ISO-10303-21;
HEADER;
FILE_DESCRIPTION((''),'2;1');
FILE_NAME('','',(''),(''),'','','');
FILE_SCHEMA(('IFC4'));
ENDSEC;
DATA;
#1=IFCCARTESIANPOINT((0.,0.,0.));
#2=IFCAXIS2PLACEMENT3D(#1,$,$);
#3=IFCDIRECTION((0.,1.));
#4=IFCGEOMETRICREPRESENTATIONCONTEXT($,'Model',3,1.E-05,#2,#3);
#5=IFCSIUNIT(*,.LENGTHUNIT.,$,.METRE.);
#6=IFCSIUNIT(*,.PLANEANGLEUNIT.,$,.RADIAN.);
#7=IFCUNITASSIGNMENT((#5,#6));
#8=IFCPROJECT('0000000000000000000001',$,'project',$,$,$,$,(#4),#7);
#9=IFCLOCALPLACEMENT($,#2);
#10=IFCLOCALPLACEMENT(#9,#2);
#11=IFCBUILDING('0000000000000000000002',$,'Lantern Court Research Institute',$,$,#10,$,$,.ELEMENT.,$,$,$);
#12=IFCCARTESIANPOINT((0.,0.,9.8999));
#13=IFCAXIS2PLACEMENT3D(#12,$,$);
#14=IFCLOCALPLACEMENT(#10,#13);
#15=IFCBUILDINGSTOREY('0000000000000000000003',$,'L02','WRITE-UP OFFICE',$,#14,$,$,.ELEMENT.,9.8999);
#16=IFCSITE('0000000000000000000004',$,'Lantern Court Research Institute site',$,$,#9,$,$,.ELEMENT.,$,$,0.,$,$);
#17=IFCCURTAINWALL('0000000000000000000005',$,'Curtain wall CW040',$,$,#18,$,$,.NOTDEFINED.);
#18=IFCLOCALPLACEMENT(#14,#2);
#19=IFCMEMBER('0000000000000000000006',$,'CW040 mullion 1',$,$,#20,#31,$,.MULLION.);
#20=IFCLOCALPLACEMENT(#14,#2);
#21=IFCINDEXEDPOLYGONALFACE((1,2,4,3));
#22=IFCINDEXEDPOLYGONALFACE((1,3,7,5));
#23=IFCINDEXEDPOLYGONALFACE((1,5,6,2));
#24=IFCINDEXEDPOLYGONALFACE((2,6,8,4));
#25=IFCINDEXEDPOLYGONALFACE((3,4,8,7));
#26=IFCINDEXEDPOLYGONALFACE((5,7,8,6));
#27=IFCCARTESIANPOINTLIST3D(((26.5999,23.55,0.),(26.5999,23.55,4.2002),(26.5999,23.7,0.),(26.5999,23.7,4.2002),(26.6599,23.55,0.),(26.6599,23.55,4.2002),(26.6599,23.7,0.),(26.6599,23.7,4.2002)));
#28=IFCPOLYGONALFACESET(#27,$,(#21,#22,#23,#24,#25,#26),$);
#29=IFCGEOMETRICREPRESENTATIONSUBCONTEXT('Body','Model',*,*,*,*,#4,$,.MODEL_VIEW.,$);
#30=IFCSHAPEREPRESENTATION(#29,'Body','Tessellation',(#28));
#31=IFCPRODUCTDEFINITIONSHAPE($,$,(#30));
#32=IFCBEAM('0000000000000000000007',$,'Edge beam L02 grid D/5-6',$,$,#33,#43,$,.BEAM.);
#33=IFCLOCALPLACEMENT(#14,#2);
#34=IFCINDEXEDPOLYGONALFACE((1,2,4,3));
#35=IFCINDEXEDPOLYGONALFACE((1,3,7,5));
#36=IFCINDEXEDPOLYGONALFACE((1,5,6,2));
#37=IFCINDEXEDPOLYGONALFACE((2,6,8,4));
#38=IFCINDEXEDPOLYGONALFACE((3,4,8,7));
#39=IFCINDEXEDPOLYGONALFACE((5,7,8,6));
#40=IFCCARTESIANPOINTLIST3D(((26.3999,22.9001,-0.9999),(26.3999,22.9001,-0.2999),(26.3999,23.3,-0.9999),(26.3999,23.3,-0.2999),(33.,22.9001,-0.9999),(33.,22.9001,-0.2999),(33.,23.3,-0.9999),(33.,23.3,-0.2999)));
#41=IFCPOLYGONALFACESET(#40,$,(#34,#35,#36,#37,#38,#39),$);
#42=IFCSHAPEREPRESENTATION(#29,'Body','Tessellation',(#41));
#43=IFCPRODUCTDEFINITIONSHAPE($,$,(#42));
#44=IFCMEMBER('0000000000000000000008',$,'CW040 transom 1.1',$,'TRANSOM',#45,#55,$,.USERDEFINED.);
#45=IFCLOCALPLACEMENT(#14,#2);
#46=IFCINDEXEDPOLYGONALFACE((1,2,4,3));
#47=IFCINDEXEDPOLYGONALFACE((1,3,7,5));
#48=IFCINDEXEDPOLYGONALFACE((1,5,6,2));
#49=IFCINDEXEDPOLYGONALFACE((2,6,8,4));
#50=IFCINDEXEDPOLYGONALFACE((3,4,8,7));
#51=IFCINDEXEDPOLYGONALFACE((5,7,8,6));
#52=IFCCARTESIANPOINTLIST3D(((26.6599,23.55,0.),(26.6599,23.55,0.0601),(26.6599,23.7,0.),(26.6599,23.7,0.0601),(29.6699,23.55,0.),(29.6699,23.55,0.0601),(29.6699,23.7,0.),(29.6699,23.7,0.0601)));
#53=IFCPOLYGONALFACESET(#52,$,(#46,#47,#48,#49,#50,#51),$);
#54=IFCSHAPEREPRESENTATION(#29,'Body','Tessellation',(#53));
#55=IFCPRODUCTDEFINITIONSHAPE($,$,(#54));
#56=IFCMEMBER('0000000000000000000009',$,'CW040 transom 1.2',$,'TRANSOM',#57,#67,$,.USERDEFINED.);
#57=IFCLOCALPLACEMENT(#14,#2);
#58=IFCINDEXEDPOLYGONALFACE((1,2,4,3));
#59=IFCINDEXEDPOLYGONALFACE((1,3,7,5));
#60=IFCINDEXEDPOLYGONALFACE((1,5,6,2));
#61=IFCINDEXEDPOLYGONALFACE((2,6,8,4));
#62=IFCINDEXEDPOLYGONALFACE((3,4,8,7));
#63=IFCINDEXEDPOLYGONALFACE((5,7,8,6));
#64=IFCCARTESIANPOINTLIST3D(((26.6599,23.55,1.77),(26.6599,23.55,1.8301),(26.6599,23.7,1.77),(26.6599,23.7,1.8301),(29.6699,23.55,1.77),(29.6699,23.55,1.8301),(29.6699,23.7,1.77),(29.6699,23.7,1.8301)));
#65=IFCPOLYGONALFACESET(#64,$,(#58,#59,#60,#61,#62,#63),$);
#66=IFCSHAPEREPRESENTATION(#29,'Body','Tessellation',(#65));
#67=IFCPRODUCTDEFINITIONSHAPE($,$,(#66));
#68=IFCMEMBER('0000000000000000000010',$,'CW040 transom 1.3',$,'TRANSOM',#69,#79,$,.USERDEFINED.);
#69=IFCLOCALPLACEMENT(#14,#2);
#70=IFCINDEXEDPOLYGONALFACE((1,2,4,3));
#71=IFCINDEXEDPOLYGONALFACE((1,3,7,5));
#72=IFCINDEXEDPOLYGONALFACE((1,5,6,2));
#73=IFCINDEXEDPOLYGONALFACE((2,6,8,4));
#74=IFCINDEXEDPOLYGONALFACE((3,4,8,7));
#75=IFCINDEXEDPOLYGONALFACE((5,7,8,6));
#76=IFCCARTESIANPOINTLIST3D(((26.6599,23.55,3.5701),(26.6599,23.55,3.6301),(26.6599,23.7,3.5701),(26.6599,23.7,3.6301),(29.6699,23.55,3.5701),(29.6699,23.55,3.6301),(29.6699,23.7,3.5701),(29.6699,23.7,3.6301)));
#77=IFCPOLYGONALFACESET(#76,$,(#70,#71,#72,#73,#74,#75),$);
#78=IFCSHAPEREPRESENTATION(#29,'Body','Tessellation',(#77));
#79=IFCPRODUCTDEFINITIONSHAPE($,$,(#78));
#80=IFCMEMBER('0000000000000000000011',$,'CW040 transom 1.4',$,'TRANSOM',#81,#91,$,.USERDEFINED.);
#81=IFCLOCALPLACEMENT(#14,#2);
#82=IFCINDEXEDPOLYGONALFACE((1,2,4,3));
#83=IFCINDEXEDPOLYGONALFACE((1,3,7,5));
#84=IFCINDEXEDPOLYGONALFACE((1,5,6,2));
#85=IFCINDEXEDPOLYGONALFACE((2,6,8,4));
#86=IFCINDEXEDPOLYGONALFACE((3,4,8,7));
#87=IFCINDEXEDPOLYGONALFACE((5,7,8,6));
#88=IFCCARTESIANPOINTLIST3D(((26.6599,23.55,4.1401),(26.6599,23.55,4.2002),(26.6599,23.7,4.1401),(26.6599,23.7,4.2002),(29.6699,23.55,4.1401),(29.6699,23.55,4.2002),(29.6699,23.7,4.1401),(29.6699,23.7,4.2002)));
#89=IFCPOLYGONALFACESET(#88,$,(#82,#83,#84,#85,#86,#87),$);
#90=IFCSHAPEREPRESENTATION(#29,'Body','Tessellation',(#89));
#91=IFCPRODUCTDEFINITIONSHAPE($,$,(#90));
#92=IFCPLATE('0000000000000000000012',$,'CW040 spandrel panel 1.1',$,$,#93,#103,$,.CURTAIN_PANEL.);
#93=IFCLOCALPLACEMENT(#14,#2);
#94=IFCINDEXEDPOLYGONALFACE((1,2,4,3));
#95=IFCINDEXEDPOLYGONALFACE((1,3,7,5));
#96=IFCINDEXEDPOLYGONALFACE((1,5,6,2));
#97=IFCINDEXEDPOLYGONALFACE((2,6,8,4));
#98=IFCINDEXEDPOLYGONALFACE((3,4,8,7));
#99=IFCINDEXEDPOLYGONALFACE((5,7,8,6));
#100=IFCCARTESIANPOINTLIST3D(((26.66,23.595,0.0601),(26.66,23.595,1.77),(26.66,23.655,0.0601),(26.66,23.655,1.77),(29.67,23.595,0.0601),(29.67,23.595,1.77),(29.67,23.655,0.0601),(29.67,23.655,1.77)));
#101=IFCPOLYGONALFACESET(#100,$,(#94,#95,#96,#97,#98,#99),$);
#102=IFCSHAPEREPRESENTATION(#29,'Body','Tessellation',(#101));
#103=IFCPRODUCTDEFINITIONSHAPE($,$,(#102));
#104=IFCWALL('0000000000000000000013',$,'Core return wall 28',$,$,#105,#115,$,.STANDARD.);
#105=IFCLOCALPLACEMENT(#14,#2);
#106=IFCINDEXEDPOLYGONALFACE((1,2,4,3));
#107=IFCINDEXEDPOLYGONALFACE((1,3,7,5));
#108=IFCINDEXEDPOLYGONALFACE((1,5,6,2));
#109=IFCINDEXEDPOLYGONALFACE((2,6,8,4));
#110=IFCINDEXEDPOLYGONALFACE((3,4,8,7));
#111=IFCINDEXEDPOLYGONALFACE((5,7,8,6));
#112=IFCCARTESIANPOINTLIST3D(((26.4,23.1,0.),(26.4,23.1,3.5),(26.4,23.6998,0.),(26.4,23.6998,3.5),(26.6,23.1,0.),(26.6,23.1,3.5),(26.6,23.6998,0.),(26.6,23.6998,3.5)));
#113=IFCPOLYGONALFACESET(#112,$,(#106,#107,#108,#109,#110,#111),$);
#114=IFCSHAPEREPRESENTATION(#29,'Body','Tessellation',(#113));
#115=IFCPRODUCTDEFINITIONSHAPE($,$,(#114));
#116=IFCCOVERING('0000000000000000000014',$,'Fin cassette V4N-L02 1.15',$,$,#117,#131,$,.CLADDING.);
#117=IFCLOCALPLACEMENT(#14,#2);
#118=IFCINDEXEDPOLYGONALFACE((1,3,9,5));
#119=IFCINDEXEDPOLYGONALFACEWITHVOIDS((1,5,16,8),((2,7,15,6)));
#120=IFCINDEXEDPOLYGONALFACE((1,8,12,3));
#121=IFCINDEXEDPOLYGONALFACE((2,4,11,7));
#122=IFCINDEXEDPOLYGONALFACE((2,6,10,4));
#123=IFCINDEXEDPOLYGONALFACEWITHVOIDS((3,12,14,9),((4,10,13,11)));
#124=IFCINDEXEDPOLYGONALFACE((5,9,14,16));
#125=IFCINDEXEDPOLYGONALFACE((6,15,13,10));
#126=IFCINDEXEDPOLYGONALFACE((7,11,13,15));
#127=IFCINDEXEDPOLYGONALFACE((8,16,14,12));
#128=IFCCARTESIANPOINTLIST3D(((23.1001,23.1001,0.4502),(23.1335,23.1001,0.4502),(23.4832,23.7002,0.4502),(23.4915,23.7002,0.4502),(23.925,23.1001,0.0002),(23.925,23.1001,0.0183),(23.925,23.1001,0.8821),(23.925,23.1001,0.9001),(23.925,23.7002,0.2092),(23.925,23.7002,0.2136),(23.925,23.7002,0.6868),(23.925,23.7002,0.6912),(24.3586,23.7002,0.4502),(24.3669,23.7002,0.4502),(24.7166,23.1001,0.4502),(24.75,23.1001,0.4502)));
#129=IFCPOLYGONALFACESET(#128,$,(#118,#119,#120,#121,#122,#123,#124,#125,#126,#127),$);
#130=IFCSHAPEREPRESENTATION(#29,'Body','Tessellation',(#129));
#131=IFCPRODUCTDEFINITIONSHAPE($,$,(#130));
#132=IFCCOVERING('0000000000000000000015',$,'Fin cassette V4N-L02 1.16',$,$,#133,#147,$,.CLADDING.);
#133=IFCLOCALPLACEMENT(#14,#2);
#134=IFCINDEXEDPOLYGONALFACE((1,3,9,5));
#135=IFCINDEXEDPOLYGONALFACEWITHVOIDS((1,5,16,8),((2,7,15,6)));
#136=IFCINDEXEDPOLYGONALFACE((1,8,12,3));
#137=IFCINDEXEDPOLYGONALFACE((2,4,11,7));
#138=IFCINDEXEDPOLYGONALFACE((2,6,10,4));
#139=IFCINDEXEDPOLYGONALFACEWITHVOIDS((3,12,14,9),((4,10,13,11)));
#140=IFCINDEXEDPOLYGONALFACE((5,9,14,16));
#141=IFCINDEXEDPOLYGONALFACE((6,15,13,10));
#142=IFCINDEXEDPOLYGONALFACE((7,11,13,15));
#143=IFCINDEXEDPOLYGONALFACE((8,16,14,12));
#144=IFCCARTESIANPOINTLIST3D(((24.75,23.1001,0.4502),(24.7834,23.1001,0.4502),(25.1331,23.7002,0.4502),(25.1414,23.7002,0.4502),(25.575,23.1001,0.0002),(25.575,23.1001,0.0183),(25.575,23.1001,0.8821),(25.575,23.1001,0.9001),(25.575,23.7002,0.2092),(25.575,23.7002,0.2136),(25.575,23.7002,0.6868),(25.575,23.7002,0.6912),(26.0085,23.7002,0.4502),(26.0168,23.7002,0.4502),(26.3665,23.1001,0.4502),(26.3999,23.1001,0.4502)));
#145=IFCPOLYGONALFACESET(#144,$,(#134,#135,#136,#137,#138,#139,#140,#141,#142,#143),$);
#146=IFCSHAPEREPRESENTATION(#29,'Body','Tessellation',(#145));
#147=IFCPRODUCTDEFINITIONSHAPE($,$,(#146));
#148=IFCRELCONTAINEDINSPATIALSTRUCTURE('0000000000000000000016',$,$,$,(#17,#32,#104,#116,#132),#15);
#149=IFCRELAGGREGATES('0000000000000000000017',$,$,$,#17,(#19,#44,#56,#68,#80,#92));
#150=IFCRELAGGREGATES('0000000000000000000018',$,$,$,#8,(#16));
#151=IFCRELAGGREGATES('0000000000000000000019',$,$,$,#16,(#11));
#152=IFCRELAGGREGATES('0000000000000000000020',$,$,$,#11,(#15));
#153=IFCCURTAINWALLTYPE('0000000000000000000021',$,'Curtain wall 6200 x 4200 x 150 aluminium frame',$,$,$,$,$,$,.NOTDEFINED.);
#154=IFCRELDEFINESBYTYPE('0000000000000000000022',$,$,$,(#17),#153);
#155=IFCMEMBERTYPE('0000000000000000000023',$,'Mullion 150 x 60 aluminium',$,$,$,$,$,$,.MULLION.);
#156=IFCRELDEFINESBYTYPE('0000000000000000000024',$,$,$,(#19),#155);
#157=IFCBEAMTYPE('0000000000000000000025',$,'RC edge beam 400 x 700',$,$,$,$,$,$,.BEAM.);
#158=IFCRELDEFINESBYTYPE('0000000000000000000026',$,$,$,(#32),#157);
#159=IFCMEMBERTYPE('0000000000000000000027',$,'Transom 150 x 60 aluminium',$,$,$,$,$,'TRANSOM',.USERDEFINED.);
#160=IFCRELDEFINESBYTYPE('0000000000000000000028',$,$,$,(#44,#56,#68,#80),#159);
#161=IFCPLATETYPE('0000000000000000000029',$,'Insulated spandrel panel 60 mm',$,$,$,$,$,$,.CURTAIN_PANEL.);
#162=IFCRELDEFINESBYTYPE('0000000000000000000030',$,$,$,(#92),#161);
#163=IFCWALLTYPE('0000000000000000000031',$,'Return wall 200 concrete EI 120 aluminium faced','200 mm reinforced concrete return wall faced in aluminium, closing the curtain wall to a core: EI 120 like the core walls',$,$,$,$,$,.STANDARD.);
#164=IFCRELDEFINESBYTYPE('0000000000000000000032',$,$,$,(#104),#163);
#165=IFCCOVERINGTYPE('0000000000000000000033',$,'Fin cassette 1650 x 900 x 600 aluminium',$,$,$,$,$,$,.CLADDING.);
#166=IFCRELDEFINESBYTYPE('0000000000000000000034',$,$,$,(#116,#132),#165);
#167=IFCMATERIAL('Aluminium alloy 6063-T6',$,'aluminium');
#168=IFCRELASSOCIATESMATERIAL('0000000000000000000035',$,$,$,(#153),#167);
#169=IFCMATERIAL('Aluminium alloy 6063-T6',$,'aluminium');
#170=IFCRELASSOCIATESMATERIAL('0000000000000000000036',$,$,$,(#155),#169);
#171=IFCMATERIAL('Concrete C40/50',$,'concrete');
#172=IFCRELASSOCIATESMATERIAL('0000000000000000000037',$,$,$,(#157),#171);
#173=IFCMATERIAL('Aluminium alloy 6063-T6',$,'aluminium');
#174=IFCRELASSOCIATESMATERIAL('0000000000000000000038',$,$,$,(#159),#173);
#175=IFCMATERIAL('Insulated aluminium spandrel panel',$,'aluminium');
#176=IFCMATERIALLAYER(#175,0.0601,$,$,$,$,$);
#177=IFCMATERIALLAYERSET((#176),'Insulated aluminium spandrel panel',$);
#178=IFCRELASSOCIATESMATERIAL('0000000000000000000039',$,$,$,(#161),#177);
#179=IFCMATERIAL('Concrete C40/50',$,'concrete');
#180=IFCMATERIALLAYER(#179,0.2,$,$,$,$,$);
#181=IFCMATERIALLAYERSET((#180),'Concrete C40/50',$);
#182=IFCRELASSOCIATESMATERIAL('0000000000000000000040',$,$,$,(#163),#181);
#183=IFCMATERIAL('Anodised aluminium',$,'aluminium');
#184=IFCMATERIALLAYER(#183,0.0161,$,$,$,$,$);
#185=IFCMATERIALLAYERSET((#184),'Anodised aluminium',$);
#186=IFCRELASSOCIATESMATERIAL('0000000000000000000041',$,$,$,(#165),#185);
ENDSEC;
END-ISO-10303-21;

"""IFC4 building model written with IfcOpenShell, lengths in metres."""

from ifc_helpers import new_model, entity, si_unit, direction, frame, frame_2d, origin, origin_2d, place, context, subcontext, project, spatial, rectangle, extrude, material, layer, layer_set, material_profile, profile_set, type_object, element, aggregate, save


model = new_model("IFC4")

# Units and contexts
model_context = context("Model", 3, precision=1e-05, world=origin(), true_north=direction((0.0, 1.0)))
body_context = subcontext(model_context, "Body", "Model", "MODEL_VIEW")
ifc_project = project(units=[si_unit("LENGTHUNIT", "METRE"), si_unit("PLANEANGLEUNIT", "RADIAN")], contexts=[model_context])

# Site, building, storey
site_placement = place(None, origin())
site = spatial("IfcSite", under=ifc_project, at=site_placement, Name="Lantern Court Research Institute site", CompositionType="ELEMENT", RefElevation=0.0)
building_placement = place(site_placement, origin())
building = spatial("IfcBuilding", under=site, at=building_placement, Name="Lantern Court Research Institute", CompositionType="ELEMENT")
storey_placement = place(building_placement, frame((0.0, 0.0, 9.8999)))
storey = spatial("IfcBuildingStorey", under=building, at=storey_placement, Name="L02", Description="WRITE-UP OFFICE", CompositionType="ELEMENT", Elevation=9.8999)

# Curtain wall, member
ifc_material_1 = material(Name="Aluminium alloy 6063-T6", Category="aluminium")
curtain_wall_type = type_object("IfcCurtainWallType", Name="Curtain wall 6200 x 4200 x 150 aluminium frame", PredefinedType="NOTDEFINED", material=ifc_material_1)
curtain_wall_placement = place(storey_placement, origin())
curtain_wall = element("IfcCurtainWall", 1, at=curtain_wall_placement, inside=storey, type_object=curtain_wall_type, Name="Curtain wall CW040", PredefinedType="NOTDEFINED")
ifc_material_2 = material(Name="Aluminium alloy 6063-T6", Category="aluminium")
ifc_material_profile_1 = material_profile(ifc_material_2, rectangle(XDim=0.1499, YDim=0.0601, at=origin_2d()), Name="Mullion 150 x 60")
ifc_profile_set_1 = profile_set([ifc_material_profile_1], Name="Aluminium alloy 6063-T6")
member_type_1 = type_object("IfcMemberType", Name="Mullion 150 x 60 aluminium", PredefinedType="MULLION", material=ifc_profile_set_1)
member_1_placement = place(storey_placement, frame((26.6299, 23.625, 0.0), z_axis=(0.0, 0.0, 1.0), x_axis=(0.0, 1.0, 0.0)))
member_1 = element("IfcMember", 2, at=member_1_placement, type_object=member_type_1, Name="CW040 mullion 1", PredefinedType="MULLION", context=body_context, shape_type="SweptSolid", body=[
    extrude(rectangle(XDim=0.1499, YDim=0.0601, at=origin_2d()), origin(), (0.0, 0.0, 1.0), 4.2002),
])

# Beam
ifc_material_3 = material(Name="Concrete C40/50", Category="concrete")
ifc_material_profile_2 = material_profile(ifc_material_3, rectangle(XDim=0.3999, YDim=0.7, at=origin_2d()), Name="RC beam 400 x 700")
ifc_profile_set_2 = profile_set([ifc_material_profile_2], Name="Concrete C40/50")
beam_type = type_object("IfcBeamType", Name="RC edge beam 400 x 700", PredefinedType="BEAM", material=ifc_profile_set_2)
beam_placement = place(storey_placement, frame((26.3999, 23.1001, -0.6499), z_axis=(1.0, 0.0, 0.0), x_axis=(0.0, 1.0, 0.0)))
element("IfcBeam", 3, at=beam_placement, inside=storey, type_object=beam_type, Name="Edge beam L02 grid D/5-6", PredefinedType="BEAM", context=body_context, shape_type="SweptSolid", body=[
    extrude(rectangle(XDim=0.3999, YDim=0.7, at=origin_2d()), origin(), (0.0, 0.0, 1.0), 6.6001),
])

# Members
ifc_material_4 = material(Name="Aluminium alloy 6063-T6", Category="aluminium")
ifc_material_profile_3 = material_profile(ifc_material_4, rectangle(XDim=0.1499, YDim=0.0601, at=origin_2d()), Name="Transom 150 x 60")
ifc_profile_set_3 = profile_set([ifc_material_profile_3], Name="Aluminium alloy 6063-T6")
member_type_2 = type_object("IfcMemberType", Name="Transom 150 x 60 aluminium", ElementType="TRANSOM", PredefinedType="USERDEFINED", material=ifc_profile_set_3)
member_2_placement = place(storey_placement, frame((26.6599, 23.625, 0.03), z_axis=(1.0, 0.0, 0.0), x_axis=(0.0, 1.0, 0.0)))
member_2 = element("IfcMember", 4, at=member_2_placement, type_object=member_type_2, Name="CW040 transom 1.1", ObjectType="TRANSOM", PredefinedType="USERDEFINED", context=body_context, shape_type="SweptSolid", body=[
    extrude(rectangle(XDim=0.1499, YDim=0.0601, at=origin_2d()), origin(), (0.0, 0.0, 1.0), 3.01),
])
member_3_placement = place(storey_placement, frame((26.6599, 23.625, 1.8), z_axis=(1.0, 0.0, 0.0), x_axis=(0.0, 1.0, 0.0)))
member_3 = element("IfcMember", 5, at=member_3_placement, type_object=member_type_2, Name="CW040 transom 1.2", ObjectType="TRANSOM", PredefinedType="USERDEFINED", context=body_context, shape_type="SweptSolid", body=[
    extrude(rectangle(XDim=0.1499, YDim=0.0601, at=origin_2d()), origin(), (0.0, 0.0, 1.0), 3.01),
])
member_4_placement = place(storey_placement, frame((26.6599, 23.625, 3.6001), z_axis=(1.0, 0.0, 0.0), x_axis=(0.0, 1.0, 0.0)))
member_4 = element("IfcMember", 6, at=member_4_placement, type_object=member_type_2, Name="CW040 transom 1.3", ObjectType="TRANSOM", PredefinedType="USERDEFINED", context=body_context, shape_type="SweptSolid", body=[
    extrude(rectangle(XDim=0.1499, YDim=0.0601, at=origin_2d()), origin(), (0.0, 0.0, 1.0), 3.01),
])
member_5_placement = place(storey_placement, frame((26.6599, 23.625, 4.1702), z_axis=(1.0, 0.0, 0.0), x_axis=(0.0, 1.0, 0.0)))
member_5 = element("IfcMember", 7, at=member_5_placement, type_object=member_type_2, Name="CW040 transom 1.4", ObjectType="TRANSOM", PredefinedType="USERDEFINED", context=body_context, shape_type="SweptSolid", body=[
    extrude(rectangle(XDim=0.1499, YDim=0.0601, at=origin_2d()), origin(), (0.0, 0.0, 1.0), 3.01),
])

# Plate
ifc_material_5 = material(Name="Insulated aluminium spandrel panel", Category="aluminium")
ifc_layer_1 = layer(ifc_material_5, 0.0601)
ifc_layer_set_1 = layer_set([ifc_layer_1], Name="Insulated aluminium spandrel panel")
plate_type = type_object("IfcPlateType", Name="Insulated spandrel panel 60 mm", PredefinedType="CURTAIN_PANEL", material=ifc_layer_set_1)
plate_placement = place(storey_placement, frame((28.165, 23.625, 0.0601), z_axis=(0.0, 0.0, 1.0), x_axis=(1.0, 0.0, 0.0)))
plate = element("IfcPlate", 8, at=plate_placement, type_object=plate_type, Name="CW040 spandrel panel 1.1", PredefinedType="CURTAIN_PANEL", context=body_context, shape_type="SweptSolid", body=[
    extrude(rectangle(XDim=3.01, YDim=0.0601, at=origin_2d()), origin(), (0.0, 0.0, 1.0), 1.71),
])
aggregate(curtain_wall, [member_1, member_2, member_3, member_4, member_5, plate])

# Wall
ifc_material_6 = material(Name="Concrete C40/50", Category="concrete")
ifc_layer_2 = layer(ifc_material_6, 0.2)
ifc_layer_set_2 = layer_set([ifc_layer_2], Name="Concrete C40/50")
wall_type = type_object("IfcWallType", Name="Return wall 200 concrete EI 120 aluminium faced", Description="200 mm reinforced concrete return wall faced in aluminium, closing the curtain wall to a core: EI 120 like the core walls", PredefinedType="STANDARD", material=ifc_layer_set_2)
wall_placement = place(storey_placement, frame((26.5, 23.1001, 0.0), z_axis=(0.0, 0.0, 1.0), x_axis=(0.0, 1.0, 0.0)))
element("IfcWall", 9, at=wall_placement, inside=storey, type_object=wall_type, Name="Core return wall 28", PredefinedType="STANDARD", context=body_context, shape_type="SweptSolid", body=[
    extrude(rectangle(XDim=0.5999, YDim=0.2, at=frame_2d((0.2998, 0.0))), origin(), (0.0, 0.0, 1.0), 3.5),
])

# Coverings
ifc_material_7 = material(Name="Anodised aluminium", Category="aluminium")
ifc_layer_3 = layer(ifc_material_7, 0.0161)
ifc_layer_set_3 = layer_set([ifc_layer_3], Name="Anodised aluminium")
covering_type = type_object("IfcCoveringType", Name="Fin cassette 1650 x 900 x 600 aluminium", PredefinedType="CLADDING", material=ifc_layer_set_3)
covering_1_placement = place(storey_placement, frame((23.925, 23.1001, 0.4502), z_axis=(0.0, 1.0, 0.0), x_axis=(-1.0, 0.0, 0.0)))
cartesian_point_1 = entity("IfcCartesianPoint", [0.825, 0.0])
cartesian_point_2 = entity("IfcCartesianPoint", [0.7915, 0.0])
cartesian_point_3 = entity("IfcCartesianPoint", [0.4419, 0.0])
cartesian_point_4 = entity("IfcCartesianPoint", [0.4336, 0.0])
element("IfcCovering", 10, at=covering_1_placement, inside=storey, type_object=covering_type, Name="Fin cassette V4N-L02 1.15", PredefinedType="CLADDING", context=body_context, shape_type="SweptSolid", body=[
    entity("IfcExtrudedAreaSolidTapered", entity("IfcArbitraryProfileDefWithVoids", "AREA", None, entity("IfcPolyline", [cartesian_point_1, entity("IfcCartesianPoint", [0.0, 0.45]), entity("IfcCartesianPoint", [-0.825, 0.0]), entity("IfcCartesianPoint", [0.0, -0.45]), cartesian_point_1]), [entity("IfcPolyline", [cartesian_point_2, entity("IfcCartesianPoint", [0.0, 0.4319]), entity("IfcCartesianPoint", [-0.7915, 0.0]), entity("IfcCartesianPoint", [0.0, -0.4319]), cartesian_point_2])]), entity("IfcAxis2Placement3D", entity("IfcCartesianPoint", [0.0, 0.0, 0.0])), entity("IfcDirection", [0.0, 0.0, 1.0]), 0.6001, entity("IfcArbitraryProfileDefWithVoids", "AREA", None, entity("IfcPolyline", [cartesian_point_3, entity("IfcCartesianPoint", [0.0, 0.241]), entity("IfcCartesianPoint", [-0.4419, 0.0]), entity("IfcCartesianPoint", [0.0, -0.241]), cartesian_point_3]), [entity("IfcPolyline", [cartesian_point_4, entity("IfcCartesianPoint", [0.0, 0.2366]), entity("IfcCartesianPoint", [-0.4336, 0.0]), entity("IfcCartesianPoint", [0.0, -0.2366]), cartesian_point_4])])),
])
covering_2_placement = place(storey_placement, frame((25.575, 23.1001, 0.4502), z_axis=(0.0, 1.0, 0.0), x_axis=(-1.0, 0.0, 0.0)))
cartesian_point_5 = entity("IfcCartesianPoint", [0.825, 0.0])
cartesian_point_6 = entity("IfcCartesianPoint", [0.7915, 0.0])
cartesian_point_7 = entity("IfcCartesianPoint", [0.4419, 0.0])
cartesian_point_8 = entity("IfcCartesianPoint", [0.4336, 0.0])
element("IfcCovering", 11, at=covering_2_placement, inside=storey, type_object=covering_type, Name="Fin cassette V4N-L02 1.16", PredefinedType="CLADDING", context=body_context, shape_type="SweptSolid", body=[
    entity("IfcExtrudedAreaSolidTapered", entity("IfcArbitraryProfileDefWithVoids", "AREA", None, entity("IfcPolyline", [cartesian_point_5, entity("IfcCartesianPoint", [0.0, 0.45]), entity("IfcCartesianPoint", [-0.825, 0.0]), entity("IfcCartesianPoint", [0.0, -0.45]), cartesian_point_5]), [entity("IfcPolyline", [cartesian_point_6, entity("IfcCartesianPoint", [0.0, 0.4319]), entity("IfcCartesianPoint", [-0.7915, 0.0]), entity("IfcCartesianPoint", [0.0, -0.4319]), cartesian_point_6])]), entity("IfcAxis2Placement3D", entity("IfcCartesianPoint", [0.0, 0.0, 0.0])), entity("IfcDirection", [0.0, 0.0, 1.0]), 0.6001, entity("IfcArbitraryProfileDefWithVoids", "AREA", None, entity("IfcPolyline", [cartesian_point_7, entity("IfcCartesianPoint", [0.0, 0.241]), entity("IfcCartesianPoint", [-0.4419, 0.0]), entity("IfcCartesianPoint", [0.0, -0.241]), cartesian_point_7]), [entity("IfcPolyline", [cartesian_point_8, entity("IfcCartesianPoint", [0.0, 0.2366]), entity("IfcCartesianPoint", [-0.4336, 0.0]), entity("IfcCartesianPoint", [0.0, -0.2366]), cartesian_point_8])])),
])

save(model, "model.ifc")
